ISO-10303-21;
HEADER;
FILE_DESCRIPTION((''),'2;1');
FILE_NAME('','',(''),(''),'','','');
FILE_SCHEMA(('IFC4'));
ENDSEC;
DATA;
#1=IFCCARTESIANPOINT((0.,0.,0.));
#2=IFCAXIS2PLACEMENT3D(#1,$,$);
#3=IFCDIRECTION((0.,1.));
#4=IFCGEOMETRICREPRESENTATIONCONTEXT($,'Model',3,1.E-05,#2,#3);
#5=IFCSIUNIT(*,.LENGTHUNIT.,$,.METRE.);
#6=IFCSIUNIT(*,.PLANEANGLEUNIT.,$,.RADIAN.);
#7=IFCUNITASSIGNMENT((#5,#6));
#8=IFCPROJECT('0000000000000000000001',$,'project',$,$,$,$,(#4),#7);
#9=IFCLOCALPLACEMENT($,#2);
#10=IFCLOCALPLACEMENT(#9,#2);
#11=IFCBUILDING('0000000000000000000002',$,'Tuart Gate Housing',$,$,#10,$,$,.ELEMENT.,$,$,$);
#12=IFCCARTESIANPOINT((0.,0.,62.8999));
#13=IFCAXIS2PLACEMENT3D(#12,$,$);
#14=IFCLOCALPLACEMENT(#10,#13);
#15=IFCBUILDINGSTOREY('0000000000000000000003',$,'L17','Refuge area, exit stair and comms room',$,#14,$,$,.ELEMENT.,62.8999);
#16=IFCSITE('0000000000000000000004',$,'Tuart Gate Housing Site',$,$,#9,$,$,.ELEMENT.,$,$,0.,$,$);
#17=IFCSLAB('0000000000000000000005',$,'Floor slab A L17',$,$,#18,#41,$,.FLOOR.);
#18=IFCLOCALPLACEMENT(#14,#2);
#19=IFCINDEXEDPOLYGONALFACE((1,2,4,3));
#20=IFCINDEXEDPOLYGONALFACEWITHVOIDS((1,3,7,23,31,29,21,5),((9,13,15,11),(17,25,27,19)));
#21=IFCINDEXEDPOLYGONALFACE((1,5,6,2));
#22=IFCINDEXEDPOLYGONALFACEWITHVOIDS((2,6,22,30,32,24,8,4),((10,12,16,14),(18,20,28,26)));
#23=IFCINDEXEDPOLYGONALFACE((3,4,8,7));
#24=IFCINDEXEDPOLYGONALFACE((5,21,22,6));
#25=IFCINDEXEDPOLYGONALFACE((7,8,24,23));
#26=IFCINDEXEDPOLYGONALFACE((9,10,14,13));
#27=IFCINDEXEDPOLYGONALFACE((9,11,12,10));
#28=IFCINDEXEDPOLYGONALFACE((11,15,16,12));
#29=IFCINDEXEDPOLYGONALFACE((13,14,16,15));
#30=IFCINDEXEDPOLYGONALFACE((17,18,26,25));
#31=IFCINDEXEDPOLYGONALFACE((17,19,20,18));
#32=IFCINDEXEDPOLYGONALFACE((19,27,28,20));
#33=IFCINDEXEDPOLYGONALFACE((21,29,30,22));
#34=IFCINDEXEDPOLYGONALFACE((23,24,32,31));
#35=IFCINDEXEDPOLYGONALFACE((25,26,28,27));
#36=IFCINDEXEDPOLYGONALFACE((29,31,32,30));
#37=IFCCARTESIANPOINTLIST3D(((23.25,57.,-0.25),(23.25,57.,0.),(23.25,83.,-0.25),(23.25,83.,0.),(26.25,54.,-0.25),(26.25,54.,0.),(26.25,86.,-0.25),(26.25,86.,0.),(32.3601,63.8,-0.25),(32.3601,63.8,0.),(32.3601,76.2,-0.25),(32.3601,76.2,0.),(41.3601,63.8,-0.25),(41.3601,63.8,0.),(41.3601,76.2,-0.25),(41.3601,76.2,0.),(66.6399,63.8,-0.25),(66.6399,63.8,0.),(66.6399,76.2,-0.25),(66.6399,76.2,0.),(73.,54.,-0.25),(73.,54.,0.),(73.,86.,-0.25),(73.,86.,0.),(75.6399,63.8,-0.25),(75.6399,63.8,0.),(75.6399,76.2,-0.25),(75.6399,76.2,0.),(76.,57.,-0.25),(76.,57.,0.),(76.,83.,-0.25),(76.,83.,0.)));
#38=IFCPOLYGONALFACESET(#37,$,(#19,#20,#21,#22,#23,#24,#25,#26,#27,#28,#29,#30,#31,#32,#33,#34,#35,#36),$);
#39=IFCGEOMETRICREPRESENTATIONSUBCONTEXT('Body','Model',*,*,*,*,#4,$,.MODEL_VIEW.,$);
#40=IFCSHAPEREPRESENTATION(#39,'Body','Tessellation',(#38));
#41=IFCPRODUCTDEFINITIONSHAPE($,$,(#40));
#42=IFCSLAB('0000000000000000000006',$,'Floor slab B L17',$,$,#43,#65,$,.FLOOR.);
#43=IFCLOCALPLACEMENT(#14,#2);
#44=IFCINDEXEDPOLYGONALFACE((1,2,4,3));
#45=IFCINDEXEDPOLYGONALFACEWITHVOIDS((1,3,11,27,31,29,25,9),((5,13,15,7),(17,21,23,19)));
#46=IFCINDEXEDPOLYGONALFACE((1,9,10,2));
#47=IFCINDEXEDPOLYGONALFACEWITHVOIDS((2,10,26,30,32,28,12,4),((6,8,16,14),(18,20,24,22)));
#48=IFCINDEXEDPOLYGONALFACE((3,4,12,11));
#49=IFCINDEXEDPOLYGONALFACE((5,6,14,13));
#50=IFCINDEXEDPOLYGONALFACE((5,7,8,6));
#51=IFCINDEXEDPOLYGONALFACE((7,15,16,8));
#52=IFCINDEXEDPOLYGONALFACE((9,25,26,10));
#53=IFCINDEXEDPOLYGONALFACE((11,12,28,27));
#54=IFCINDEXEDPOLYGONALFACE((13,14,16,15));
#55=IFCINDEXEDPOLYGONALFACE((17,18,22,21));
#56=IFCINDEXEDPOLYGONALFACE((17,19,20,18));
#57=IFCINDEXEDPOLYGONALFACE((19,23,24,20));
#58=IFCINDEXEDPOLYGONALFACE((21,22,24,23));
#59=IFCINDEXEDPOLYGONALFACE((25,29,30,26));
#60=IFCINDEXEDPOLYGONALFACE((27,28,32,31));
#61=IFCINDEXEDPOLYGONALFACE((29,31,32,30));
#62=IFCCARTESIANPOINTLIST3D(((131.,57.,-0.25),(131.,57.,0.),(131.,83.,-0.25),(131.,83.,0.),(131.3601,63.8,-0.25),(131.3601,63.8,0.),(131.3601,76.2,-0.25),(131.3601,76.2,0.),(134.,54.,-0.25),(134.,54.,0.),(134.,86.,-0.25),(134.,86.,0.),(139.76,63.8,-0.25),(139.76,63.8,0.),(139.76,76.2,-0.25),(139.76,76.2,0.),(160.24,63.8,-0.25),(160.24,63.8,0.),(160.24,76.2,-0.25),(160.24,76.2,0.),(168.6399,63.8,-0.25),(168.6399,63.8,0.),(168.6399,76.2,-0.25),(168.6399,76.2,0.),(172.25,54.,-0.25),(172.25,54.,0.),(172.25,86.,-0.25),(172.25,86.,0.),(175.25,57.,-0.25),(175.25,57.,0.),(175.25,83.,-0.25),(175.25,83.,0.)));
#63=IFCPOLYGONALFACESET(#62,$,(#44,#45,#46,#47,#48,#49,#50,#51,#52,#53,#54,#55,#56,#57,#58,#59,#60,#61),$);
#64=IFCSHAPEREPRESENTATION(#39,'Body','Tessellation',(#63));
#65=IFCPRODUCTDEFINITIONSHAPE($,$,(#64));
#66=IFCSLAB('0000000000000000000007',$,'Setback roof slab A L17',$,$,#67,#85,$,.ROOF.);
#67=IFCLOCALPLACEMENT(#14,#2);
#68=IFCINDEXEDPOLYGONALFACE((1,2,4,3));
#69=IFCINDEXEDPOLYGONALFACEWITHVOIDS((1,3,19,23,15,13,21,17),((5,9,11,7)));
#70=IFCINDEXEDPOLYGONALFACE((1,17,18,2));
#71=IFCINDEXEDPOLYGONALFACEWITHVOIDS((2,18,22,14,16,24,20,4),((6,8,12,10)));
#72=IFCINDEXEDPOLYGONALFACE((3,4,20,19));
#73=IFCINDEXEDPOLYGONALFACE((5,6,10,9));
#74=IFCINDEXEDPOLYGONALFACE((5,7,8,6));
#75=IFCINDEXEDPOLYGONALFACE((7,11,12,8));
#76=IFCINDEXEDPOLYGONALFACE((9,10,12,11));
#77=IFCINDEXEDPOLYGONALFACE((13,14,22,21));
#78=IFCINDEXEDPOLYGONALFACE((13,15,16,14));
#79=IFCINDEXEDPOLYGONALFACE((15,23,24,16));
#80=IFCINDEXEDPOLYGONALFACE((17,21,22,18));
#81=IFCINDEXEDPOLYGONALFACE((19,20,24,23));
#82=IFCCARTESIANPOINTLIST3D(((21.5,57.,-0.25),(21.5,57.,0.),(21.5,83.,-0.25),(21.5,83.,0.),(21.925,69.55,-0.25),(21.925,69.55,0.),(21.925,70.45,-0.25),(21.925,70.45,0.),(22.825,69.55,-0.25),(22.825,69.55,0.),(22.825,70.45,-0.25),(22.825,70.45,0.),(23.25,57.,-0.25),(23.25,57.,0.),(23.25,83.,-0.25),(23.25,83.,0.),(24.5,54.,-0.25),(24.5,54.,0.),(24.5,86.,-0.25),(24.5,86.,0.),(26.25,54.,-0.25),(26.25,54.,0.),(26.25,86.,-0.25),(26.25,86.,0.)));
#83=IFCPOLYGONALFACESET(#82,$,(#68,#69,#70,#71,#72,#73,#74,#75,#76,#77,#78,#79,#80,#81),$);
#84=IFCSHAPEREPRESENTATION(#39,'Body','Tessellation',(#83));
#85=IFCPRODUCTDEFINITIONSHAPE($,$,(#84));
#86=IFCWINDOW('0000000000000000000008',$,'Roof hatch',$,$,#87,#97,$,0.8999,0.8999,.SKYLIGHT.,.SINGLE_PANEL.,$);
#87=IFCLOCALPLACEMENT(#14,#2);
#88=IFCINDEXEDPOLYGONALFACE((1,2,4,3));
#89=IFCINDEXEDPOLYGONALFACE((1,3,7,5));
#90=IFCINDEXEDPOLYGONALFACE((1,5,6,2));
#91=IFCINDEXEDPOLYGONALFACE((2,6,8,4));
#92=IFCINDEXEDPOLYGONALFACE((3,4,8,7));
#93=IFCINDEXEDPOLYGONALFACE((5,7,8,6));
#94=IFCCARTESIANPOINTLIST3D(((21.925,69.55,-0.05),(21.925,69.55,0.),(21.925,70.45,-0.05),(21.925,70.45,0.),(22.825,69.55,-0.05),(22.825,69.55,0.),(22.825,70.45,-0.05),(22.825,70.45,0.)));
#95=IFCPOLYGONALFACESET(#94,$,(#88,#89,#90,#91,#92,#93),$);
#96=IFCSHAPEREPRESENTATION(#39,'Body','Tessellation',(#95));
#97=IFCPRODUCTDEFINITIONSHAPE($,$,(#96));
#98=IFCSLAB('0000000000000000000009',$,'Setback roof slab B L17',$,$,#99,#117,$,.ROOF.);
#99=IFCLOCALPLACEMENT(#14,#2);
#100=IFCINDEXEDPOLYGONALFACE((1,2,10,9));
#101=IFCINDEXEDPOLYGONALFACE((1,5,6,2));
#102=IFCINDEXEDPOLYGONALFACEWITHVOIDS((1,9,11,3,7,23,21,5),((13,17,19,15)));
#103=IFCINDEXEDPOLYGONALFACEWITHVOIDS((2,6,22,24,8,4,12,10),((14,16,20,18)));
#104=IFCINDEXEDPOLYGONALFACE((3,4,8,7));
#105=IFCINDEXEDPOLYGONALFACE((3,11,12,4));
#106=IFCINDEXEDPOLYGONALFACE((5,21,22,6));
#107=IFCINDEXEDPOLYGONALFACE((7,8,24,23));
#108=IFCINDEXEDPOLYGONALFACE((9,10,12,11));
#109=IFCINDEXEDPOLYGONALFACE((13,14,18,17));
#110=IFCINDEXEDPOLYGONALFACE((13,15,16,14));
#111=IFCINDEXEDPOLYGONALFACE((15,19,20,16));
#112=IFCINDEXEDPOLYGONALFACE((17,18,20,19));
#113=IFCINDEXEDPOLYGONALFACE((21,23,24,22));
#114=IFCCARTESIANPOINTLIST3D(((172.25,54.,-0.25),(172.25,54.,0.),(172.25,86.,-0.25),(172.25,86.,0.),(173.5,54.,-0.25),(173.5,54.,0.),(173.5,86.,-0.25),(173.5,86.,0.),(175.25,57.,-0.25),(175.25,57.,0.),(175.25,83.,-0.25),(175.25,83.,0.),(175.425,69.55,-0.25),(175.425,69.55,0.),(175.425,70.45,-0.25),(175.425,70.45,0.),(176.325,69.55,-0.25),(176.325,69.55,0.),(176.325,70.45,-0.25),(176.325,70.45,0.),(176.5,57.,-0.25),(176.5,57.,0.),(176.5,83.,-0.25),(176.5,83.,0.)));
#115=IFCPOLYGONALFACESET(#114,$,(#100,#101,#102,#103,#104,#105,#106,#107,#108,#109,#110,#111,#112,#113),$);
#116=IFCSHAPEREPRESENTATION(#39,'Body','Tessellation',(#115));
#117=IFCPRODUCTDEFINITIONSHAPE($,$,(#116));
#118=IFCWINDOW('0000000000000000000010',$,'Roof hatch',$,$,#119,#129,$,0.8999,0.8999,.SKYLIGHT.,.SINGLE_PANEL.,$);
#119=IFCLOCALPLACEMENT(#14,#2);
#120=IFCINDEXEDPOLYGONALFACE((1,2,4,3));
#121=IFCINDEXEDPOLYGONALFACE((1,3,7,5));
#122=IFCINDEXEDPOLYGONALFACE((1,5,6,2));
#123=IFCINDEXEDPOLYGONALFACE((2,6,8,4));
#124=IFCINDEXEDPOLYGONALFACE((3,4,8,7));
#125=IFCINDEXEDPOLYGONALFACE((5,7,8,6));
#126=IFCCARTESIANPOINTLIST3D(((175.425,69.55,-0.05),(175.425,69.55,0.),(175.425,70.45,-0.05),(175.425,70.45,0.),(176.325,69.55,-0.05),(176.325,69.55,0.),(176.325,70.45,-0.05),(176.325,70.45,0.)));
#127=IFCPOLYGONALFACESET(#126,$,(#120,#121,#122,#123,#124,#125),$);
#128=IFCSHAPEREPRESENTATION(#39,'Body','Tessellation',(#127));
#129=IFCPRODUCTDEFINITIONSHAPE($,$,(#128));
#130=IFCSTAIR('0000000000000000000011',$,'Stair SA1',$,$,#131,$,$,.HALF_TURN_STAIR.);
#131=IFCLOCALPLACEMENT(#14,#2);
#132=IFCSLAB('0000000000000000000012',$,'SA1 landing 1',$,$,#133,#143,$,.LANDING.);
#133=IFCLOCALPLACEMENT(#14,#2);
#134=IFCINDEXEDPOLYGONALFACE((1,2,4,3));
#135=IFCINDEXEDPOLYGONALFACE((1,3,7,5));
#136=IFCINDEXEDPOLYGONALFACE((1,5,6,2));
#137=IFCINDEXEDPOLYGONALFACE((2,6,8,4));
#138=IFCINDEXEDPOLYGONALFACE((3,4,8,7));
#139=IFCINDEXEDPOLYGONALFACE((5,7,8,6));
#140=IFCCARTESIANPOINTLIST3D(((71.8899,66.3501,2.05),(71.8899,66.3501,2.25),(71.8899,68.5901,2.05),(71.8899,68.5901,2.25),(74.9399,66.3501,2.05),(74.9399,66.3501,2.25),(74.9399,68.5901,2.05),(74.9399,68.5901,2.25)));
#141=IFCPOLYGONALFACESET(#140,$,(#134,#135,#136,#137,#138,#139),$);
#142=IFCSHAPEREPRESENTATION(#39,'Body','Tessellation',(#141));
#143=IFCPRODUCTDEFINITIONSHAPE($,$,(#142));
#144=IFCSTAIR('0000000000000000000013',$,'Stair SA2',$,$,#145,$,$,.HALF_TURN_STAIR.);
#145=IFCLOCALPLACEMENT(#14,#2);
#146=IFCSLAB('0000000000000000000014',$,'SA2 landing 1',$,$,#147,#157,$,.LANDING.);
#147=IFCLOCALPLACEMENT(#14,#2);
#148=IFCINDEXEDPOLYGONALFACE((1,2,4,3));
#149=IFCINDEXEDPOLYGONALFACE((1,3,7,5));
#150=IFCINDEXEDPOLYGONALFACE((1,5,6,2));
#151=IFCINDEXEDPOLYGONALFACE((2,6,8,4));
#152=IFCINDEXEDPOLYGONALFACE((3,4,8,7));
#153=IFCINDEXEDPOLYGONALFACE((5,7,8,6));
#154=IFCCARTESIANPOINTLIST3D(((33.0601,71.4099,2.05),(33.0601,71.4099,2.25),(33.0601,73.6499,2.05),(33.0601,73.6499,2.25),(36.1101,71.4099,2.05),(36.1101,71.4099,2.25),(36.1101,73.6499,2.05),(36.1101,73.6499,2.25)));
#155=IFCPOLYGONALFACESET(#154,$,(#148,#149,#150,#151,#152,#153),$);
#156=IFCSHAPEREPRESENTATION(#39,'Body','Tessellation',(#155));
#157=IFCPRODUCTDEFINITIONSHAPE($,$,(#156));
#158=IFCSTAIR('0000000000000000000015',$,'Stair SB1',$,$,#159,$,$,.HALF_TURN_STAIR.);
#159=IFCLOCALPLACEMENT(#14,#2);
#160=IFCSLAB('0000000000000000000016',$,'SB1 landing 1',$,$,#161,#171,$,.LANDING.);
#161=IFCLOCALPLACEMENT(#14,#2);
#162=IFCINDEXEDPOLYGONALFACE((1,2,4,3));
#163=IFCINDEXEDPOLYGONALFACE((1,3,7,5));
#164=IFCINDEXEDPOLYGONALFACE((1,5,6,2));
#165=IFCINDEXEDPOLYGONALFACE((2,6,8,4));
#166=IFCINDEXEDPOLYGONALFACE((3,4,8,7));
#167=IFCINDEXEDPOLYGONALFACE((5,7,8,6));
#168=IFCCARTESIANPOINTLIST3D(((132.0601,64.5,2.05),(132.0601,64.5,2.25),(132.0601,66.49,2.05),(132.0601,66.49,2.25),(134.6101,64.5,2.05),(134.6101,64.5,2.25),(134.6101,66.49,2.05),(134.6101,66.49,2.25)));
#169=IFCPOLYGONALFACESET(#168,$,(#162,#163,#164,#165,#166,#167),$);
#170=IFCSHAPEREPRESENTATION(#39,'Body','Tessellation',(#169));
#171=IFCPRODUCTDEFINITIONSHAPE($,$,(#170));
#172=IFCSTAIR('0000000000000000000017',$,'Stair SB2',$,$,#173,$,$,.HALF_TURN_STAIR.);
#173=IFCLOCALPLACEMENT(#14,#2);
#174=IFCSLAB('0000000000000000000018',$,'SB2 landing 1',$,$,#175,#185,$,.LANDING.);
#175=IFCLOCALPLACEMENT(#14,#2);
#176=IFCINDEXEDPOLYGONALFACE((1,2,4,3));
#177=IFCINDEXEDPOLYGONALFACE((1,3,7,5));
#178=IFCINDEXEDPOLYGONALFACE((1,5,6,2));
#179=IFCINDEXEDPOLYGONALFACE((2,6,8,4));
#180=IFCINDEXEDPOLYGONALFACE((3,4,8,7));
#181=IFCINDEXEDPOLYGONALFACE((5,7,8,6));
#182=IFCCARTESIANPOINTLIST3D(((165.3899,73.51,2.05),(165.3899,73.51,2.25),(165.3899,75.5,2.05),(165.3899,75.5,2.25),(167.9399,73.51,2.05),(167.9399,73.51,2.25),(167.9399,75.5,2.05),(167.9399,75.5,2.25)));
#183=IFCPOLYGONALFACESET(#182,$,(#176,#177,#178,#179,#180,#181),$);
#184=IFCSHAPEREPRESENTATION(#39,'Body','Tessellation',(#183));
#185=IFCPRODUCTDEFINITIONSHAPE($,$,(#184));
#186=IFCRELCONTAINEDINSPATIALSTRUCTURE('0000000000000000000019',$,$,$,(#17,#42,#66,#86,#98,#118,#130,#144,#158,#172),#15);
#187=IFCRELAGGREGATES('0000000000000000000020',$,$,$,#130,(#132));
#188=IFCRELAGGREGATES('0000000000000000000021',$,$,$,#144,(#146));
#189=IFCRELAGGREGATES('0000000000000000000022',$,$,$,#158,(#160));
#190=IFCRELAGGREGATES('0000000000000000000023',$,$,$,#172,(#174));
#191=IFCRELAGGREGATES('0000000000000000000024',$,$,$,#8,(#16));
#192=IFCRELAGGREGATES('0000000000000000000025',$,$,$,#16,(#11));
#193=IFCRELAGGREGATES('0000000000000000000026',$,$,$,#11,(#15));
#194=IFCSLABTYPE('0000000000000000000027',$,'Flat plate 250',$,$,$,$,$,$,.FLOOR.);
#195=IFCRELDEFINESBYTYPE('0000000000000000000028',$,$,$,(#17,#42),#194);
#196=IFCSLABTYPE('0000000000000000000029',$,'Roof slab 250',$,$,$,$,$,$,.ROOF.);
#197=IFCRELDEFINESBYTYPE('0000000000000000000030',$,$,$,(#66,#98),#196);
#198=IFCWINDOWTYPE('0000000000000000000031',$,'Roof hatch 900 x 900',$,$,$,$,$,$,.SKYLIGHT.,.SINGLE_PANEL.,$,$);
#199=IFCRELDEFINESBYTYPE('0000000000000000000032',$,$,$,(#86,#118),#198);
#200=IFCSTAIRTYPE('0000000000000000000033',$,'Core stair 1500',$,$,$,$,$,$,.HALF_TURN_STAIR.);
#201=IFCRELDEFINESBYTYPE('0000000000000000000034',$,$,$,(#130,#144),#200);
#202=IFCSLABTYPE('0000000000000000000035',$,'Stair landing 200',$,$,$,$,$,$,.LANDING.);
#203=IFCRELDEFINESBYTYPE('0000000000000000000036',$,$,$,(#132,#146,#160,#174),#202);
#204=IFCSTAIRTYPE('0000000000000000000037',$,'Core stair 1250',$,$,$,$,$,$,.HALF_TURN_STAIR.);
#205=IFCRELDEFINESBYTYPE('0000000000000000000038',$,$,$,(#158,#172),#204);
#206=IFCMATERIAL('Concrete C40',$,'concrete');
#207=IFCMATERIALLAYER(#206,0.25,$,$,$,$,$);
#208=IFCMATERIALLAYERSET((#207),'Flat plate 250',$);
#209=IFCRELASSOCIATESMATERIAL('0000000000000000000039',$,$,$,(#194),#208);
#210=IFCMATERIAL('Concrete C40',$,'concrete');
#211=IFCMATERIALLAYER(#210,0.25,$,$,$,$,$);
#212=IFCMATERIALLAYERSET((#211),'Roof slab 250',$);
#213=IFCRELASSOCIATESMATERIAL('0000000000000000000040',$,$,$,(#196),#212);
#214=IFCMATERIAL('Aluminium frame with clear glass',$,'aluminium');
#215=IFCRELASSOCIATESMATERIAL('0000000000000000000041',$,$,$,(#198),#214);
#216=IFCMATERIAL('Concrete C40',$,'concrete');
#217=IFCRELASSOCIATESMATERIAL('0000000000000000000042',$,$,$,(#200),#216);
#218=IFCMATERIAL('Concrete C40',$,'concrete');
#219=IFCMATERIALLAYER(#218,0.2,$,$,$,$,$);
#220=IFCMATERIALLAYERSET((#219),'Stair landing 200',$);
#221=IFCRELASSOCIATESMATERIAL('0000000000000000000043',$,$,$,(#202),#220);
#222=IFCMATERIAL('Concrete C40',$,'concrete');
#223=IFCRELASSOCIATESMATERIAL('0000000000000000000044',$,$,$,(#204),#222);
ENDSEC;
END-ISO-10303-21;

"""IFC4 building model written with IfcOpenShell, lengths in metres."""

from ifc_helpers import new_model, si_unit, direction, frame, origin, origin_2d, place, context, subcontext, project, spatial, polyline, rectangle, outline, extrude, material, layer, layer_set, type_object, element, fill, aggregate, save


model = new_model("IFC4")

# Units and contexts
model_context = context("Model", 3, precision=1e-05, world=origin(), true_north=direction((0.0, 1.0)))
body_context = subcontext(model_context, "Body", "Model", "MODEL_VIEW")
ifc_project = project(units=[si_unit("LENGTHUNIT", "METRE"), si_unit("PLANEANGLEUNIT", "RADIAN")], contexts=[model_context])

# Site, building, storey
site_placement = place(None, origin())
site = spatial("IfcSite", under=ifc_project, at=site_placement, Name="Tuart Gate Housing Site", CompositionType="ELEMENT", RefElevation=0.0)
building_placement = place(site_placement, origin())
building = spatial("IfcBuilding", under=site, at=building_placement, Name="Tuart Gate Housing", CompositionType="ELEMENT")
storey_placement = place(building_placement, frame((0.0, 0.0, 62.8999)))
storey = spatial("IfcBuildingStorey", under=building, at=storey_placement, Name="L17", Description="Refuge area, exit stair and comms room", CompositionType="ELEMENT", Elevation=62.8999)

# Slabs
ifc_material_1 = material(Name="Concrete C40", Category="concrete")
ifc_layer_1 = layer(ifc_material_1, 0.25)
ifc_layer_set_1 = layer_set([ifc_layer_1], Name="Flat plate 250")
slab_type_1 = type_object("IfcSlabType", Name="Flat plate 250", PredefinedType="FLOOR", material=ifc_layer_set_1)
slab_1_placement = place(storey_placement, frame((0.0, 0.0, -0.25)))
element("IfcSlab", 1, at=slab_1_placement, inside=storey, type_object=slab_type_1, Name="Floor slab A L17", PredefinedType="FLOOR", context=body_context, shape_type="SweptSolid", body=[
    extrude(outline(polyline([(26.25, 86.0), (23.25, 83.0), (23.25, 57.0), (26.25, 54.0), (73.0, 54.0), (76.0, 57.0), (76.0, 83.0), (73.0, 86.0), (26.25, 86.0)]), holes=[polyline([(66.6399, 76.2), (75.6399, 76.2), (75.6399, 63.8), (66.6399, 63.8), (66.6399, 76.2)]), polyline([(41.3601, 76.2), (41.3601, 63.8), (32.3601, 63.8), (32.3601, 76.2), (41.3601, 76.2)])]), origin(), (0.0, 0.0, 1.0), 0.25),
])
slab_2_placement = place(storey_placement, frame((0.0, 0.0, -0.25)))
element("IfcSlab", 2, at=slab_2_placement, inside=storey, type_object=slab_type_1, Name="Floor slab B L17", PredefinedType="FLOOR", context=body_context, shape_type="SweptSolid", body=[
    extrude(outline(polyline([(134.0, 86.0), (131.0, 83.0), (131.0, 57.0), (134.0, 54.0), (172.25, 54.0), (175.25, 57.0), (175.25, 83.0), (172.25, 86.0), (134.0, 86.0)]), holes=[polyline([(131.3601, 76.2), (139.76, 76.2), (139.76, 63.8), (131.3601, 63.8), (131.3601, 76.2)]), polyline([(168.6399, 76.2), (168.6399, 63.8), (160.24, 63.8), (160.24, 76.2), (168.6399, 76.2)])]), origin(), (0.0, 0.0, 1.0), 0.25),
])

# Slabs, openings, windows
ifc_material_2 = material(Name="Concrete C40", Category="concrete")
ifc_layer_2 = layer(ifc_material_2, 0.25)
ifc_layer_set_2 = layer_set([ifc_layer_2], Name="Roof slab 250")
slab_type_2 = type_object("IfcSlabType", Name="Roof slab 250", PredefinedType="ROOF", material=ifc_layer_set_2)
slab_3_placement = place(storey_placement, frame((0.0, 0.0, -0.25)))
slab_3 = element("IfcSlab", 3, at=slab_3_placement, inside=storey, type_object=slab_type_2, Name="Setback roof slab A L17", PredefinedType="ROOF", context=body_context, shape_type="SweptSolid", body=[
    extrude(outline(polyline([(24.5, 54.0), (26.25, 54.0), (23.25, 57.0), (23.25, 83.0), (26.25, 86.0), (24.5, 86.0), (21.5, 83.0), (21.5, 57.0), (24.5, 54.0)])), origin(), (0.0, 0.0, 1.0), 0.25),
])
opening_1_placement = place(slab_3_placement, frame((22.375, 70.0, 0.0)))
opening_1 = element("IfcOpeningElement", 4, at=opening_1_placement, cuts=slab_3, PredefinedType="OPENING", context=body_context, shape_type="SweptSolid", body=[
    extrude(rectangle(XDim=0.8999, YDim=0.8999, at=origin_2d()), frame((0.0, 0.0, -0.01)), (0.0, 0.0, 1.0), 0.27),
])
ifc_material_3 = material(Name="Aluminium frame with clear glass", Category="aluminium")
window_type = type_object("IfcWindowType", Name="Roof hatch 900 x 900", PartitioningType="SINGLE_PANEL", PredefinedType="SKYLIGHT", material=ifc_material_3)
window_1_placement = place(opening_1_placement, frame((0.0, 0.0, 0.2)))
window_1 = element("IfcWindow", 5, at=window_1_placement, inside=storey, type_object=window_type, Name="Roof hatch", OverallHeight=0.8999, OverallWidth=0.8999, PartitioningType="SINGLE_PANEL", PredefinedType="SKYLIGHT", context=body_context, shape_type="SweptSolid", body=[
    extrude(rectangle(XDim=0.8999, YDim=0.8999, at=origin_2d()), origin(), (0.0, 0.0, 1.0), 0.05),
])
fill(opening_1, window_1)
slab_4_placement = place(storey_placement, frame((0.0, 0.0, -0.25)))
slab_4 = element("IfcSlab", 6, at=slab_4_placement, inside=storey, type_object=slab_type_2, Name="Setback roof slab B L17", PredefinedType="ROOF", context=body_context, shape_type="SweptSolid", body=[
    extrude(outline(polyline([(173.5, 86.0), (172.25, 86.0), (175.25, 83.0), (175.25, 57.0), (172.25, 54.0), (173.5, 54.0), (176.5, 57.0), (176.5, 83.0), (173.5, 86.0)])), origin(), (0.0, 0.0, 1.0), 0.25),
])
opening_2_placement = place(slab_4_placement, frame((175.875, 70.0, 0.0)))
opening_2 = element("IfcOpeningElement", 7, at=opening_2_placement, cuts=slab_4, PredefinedType="OPENING", context=body_context, shape_type="SweptSolid", body=[
    extrude(rectangle(XDim=0.8999, YDim=0.8999, at=origin_2d()), frame((0.0, 0.0, -0.01)), (0.0, 0.0, 1.0), 0.27),
])
window_2_placement = place(opening_2_placement, frame((0.0, 0.0, 0.2)))
window_2 = element("IfcWindow", 8, at=window_2_placement, inside=storey, type_object=window_type, Name="Roof hatch", OverallHeight=0.8999, OverallWidth=0.8999, PartitioningType="SINGLE_PANEL", PredefinedType="SKYLIGHT", context=body_context, shape_type="SweptSolid", body=[
    extrude(rectangle(XDim=0.8999, YDim=0.8999, at=origin_2d()), origin(), (0.0, 0.0, 1.0), 0.05),
])
fill(opening_2, window_2)

# Stairs, slabs
ifc_material_4 = material(Name="Concrete C40", Category="concrete")
stair_type_1 = type_object("IfcStairType", Name="Core stair 1500", PredefinedType="HALF_TURN_STAIR", material=ifc_material_4)
stair_1_placement = place(storey_placement, origin())
stair_1 = element("IfcStair", 9, at=stair_1_placement, inside=storey, type_object=stair_type_1, Name="Stair SA1", PredefinedType="HALF_TURN_STAIR")
ifc_material_5 = material(Name="Concrete C40", Category="concrete")
ifc_layer_3 = layer(ifc_material_5, 0.2)
ifc_layer_set_3 = layer_set([ifc_layer_3], Name="Stair landing 200")
slab_type_3 = type_object("IfcSlabType", Name="Stair landing 200", PredefinedType="LANDING", material=ifc_layer_set_3)
slab_5_placement = place(storey_placement, frame((0.0, 0.0, 2.05)))
slab_5 = element("IfcSlab", 10, at=slab_5_placement, type_object=slab_type_3, Name="SA1 landing 1", PredefinedType="LANDING", context=body_context, shape_type="SweptSolid", body=[
    extrude(outline(polyline([(71.8899, 66.3501), (74.9399, 66.3501), (74.9399, 68.5901), (71.8899, 68.5901), (71.8899, 66.3501)])), origin(), (0.0, 0.0, 1.0), 0.2),
])
aggregate(stair_1, [slab_5])
stair_2_placement = place(storey_placement, origin())
stair_2 = element("IfcStair", 11, at=stair_2_placement, inside=storey, type_object=stair_type_1, Name="Stair SA2", PredefinedType="HALF_TURN_STAIR")
slab_6_placement = place(storey_placement, frame((0.0, 0.0, 2.05)))
slab_6 = element("IfcSlab", 12, at=slab_6_placement, type_object=slab_type_3, Name="SA2 landing 1", PredefinedType="LANDING", context=body_context, shape_type="SweptSolid", body=[
    extrude(outline(polyline([(36.1101, 73.6499), (33.0601, 73.6499), (33.0601, 71.4099), (36.1101, 71.4099), (36.1101, 73.6499)])), origin(), (0.0, 0.0, 1.0), 0.2),
])
aggregate(stair_2, [slab_6])
ifc_material_6 = material(Name="Concrete C40", Category="concrete")
stair_type_2 = type_object("IfcStairType", Name="Core stair 1250", PredefinedType="HALF_TURN_STAIR", material=ifc_material_6)
stair_3_placement = place(storey_placement, origin())
stair_3 = element("IfcStair", 13, at=stair_3_placement, inside=storey, type_object=stair_type_2, Name="Stair SB1", PredefinedType="HALF_TURN_STAIR")
slab_7_placement = place(storey_placement, frame((0.0, 0.0, 2.05)))
slab_7 = element("IfcSlab", 14, at=slab_7_placement, type_object=slab_type_3, Name="SB1 landing 1", PredefinedType="LANDING", context=body_context, shape_type="SweptSolid", body=[
    extrude(outline(polyline([(134.6101, 66.49), (132.0601, 66.49), (132.0601, 64.5), (134.6101, 64.5), (134.6101, 66.49)])), origin(), (0.0, 0.0, 1.0), 0.2),
])
aggregate(stair_3, [slab_7])
stair_4_placement = place(storey_placement, origin())
stair_4 = element("IfcStair", 15, at=stair_4_placement, inside=storey, type_object=stair_type_2, Name="Stair SB2", PredefinedType="HALF_TURN_STAIR")
slab_8_placement = place(storey_placement, frame((0.0, 0.0, 2.05)))
slab_8 = element("IfcSlab", 16, at=slab_8_placement, type_object=slab_type_3, Name="SB2 landing 1", PredefinedType="LANDING", context=body_context, shape_type="SweptSolid", body=[
    extrude(outline(polyline([(165.3899, 73.51), (167.9399, 73.51), (167.9399, 75.5), (165.3899, 75.5), (165.3899, 73.51)])), origin(), (0.0, 0.0, 1.0), 0.2),
])
aggregate(stair_4, [slab_8])

save(model, "model.ifc")
